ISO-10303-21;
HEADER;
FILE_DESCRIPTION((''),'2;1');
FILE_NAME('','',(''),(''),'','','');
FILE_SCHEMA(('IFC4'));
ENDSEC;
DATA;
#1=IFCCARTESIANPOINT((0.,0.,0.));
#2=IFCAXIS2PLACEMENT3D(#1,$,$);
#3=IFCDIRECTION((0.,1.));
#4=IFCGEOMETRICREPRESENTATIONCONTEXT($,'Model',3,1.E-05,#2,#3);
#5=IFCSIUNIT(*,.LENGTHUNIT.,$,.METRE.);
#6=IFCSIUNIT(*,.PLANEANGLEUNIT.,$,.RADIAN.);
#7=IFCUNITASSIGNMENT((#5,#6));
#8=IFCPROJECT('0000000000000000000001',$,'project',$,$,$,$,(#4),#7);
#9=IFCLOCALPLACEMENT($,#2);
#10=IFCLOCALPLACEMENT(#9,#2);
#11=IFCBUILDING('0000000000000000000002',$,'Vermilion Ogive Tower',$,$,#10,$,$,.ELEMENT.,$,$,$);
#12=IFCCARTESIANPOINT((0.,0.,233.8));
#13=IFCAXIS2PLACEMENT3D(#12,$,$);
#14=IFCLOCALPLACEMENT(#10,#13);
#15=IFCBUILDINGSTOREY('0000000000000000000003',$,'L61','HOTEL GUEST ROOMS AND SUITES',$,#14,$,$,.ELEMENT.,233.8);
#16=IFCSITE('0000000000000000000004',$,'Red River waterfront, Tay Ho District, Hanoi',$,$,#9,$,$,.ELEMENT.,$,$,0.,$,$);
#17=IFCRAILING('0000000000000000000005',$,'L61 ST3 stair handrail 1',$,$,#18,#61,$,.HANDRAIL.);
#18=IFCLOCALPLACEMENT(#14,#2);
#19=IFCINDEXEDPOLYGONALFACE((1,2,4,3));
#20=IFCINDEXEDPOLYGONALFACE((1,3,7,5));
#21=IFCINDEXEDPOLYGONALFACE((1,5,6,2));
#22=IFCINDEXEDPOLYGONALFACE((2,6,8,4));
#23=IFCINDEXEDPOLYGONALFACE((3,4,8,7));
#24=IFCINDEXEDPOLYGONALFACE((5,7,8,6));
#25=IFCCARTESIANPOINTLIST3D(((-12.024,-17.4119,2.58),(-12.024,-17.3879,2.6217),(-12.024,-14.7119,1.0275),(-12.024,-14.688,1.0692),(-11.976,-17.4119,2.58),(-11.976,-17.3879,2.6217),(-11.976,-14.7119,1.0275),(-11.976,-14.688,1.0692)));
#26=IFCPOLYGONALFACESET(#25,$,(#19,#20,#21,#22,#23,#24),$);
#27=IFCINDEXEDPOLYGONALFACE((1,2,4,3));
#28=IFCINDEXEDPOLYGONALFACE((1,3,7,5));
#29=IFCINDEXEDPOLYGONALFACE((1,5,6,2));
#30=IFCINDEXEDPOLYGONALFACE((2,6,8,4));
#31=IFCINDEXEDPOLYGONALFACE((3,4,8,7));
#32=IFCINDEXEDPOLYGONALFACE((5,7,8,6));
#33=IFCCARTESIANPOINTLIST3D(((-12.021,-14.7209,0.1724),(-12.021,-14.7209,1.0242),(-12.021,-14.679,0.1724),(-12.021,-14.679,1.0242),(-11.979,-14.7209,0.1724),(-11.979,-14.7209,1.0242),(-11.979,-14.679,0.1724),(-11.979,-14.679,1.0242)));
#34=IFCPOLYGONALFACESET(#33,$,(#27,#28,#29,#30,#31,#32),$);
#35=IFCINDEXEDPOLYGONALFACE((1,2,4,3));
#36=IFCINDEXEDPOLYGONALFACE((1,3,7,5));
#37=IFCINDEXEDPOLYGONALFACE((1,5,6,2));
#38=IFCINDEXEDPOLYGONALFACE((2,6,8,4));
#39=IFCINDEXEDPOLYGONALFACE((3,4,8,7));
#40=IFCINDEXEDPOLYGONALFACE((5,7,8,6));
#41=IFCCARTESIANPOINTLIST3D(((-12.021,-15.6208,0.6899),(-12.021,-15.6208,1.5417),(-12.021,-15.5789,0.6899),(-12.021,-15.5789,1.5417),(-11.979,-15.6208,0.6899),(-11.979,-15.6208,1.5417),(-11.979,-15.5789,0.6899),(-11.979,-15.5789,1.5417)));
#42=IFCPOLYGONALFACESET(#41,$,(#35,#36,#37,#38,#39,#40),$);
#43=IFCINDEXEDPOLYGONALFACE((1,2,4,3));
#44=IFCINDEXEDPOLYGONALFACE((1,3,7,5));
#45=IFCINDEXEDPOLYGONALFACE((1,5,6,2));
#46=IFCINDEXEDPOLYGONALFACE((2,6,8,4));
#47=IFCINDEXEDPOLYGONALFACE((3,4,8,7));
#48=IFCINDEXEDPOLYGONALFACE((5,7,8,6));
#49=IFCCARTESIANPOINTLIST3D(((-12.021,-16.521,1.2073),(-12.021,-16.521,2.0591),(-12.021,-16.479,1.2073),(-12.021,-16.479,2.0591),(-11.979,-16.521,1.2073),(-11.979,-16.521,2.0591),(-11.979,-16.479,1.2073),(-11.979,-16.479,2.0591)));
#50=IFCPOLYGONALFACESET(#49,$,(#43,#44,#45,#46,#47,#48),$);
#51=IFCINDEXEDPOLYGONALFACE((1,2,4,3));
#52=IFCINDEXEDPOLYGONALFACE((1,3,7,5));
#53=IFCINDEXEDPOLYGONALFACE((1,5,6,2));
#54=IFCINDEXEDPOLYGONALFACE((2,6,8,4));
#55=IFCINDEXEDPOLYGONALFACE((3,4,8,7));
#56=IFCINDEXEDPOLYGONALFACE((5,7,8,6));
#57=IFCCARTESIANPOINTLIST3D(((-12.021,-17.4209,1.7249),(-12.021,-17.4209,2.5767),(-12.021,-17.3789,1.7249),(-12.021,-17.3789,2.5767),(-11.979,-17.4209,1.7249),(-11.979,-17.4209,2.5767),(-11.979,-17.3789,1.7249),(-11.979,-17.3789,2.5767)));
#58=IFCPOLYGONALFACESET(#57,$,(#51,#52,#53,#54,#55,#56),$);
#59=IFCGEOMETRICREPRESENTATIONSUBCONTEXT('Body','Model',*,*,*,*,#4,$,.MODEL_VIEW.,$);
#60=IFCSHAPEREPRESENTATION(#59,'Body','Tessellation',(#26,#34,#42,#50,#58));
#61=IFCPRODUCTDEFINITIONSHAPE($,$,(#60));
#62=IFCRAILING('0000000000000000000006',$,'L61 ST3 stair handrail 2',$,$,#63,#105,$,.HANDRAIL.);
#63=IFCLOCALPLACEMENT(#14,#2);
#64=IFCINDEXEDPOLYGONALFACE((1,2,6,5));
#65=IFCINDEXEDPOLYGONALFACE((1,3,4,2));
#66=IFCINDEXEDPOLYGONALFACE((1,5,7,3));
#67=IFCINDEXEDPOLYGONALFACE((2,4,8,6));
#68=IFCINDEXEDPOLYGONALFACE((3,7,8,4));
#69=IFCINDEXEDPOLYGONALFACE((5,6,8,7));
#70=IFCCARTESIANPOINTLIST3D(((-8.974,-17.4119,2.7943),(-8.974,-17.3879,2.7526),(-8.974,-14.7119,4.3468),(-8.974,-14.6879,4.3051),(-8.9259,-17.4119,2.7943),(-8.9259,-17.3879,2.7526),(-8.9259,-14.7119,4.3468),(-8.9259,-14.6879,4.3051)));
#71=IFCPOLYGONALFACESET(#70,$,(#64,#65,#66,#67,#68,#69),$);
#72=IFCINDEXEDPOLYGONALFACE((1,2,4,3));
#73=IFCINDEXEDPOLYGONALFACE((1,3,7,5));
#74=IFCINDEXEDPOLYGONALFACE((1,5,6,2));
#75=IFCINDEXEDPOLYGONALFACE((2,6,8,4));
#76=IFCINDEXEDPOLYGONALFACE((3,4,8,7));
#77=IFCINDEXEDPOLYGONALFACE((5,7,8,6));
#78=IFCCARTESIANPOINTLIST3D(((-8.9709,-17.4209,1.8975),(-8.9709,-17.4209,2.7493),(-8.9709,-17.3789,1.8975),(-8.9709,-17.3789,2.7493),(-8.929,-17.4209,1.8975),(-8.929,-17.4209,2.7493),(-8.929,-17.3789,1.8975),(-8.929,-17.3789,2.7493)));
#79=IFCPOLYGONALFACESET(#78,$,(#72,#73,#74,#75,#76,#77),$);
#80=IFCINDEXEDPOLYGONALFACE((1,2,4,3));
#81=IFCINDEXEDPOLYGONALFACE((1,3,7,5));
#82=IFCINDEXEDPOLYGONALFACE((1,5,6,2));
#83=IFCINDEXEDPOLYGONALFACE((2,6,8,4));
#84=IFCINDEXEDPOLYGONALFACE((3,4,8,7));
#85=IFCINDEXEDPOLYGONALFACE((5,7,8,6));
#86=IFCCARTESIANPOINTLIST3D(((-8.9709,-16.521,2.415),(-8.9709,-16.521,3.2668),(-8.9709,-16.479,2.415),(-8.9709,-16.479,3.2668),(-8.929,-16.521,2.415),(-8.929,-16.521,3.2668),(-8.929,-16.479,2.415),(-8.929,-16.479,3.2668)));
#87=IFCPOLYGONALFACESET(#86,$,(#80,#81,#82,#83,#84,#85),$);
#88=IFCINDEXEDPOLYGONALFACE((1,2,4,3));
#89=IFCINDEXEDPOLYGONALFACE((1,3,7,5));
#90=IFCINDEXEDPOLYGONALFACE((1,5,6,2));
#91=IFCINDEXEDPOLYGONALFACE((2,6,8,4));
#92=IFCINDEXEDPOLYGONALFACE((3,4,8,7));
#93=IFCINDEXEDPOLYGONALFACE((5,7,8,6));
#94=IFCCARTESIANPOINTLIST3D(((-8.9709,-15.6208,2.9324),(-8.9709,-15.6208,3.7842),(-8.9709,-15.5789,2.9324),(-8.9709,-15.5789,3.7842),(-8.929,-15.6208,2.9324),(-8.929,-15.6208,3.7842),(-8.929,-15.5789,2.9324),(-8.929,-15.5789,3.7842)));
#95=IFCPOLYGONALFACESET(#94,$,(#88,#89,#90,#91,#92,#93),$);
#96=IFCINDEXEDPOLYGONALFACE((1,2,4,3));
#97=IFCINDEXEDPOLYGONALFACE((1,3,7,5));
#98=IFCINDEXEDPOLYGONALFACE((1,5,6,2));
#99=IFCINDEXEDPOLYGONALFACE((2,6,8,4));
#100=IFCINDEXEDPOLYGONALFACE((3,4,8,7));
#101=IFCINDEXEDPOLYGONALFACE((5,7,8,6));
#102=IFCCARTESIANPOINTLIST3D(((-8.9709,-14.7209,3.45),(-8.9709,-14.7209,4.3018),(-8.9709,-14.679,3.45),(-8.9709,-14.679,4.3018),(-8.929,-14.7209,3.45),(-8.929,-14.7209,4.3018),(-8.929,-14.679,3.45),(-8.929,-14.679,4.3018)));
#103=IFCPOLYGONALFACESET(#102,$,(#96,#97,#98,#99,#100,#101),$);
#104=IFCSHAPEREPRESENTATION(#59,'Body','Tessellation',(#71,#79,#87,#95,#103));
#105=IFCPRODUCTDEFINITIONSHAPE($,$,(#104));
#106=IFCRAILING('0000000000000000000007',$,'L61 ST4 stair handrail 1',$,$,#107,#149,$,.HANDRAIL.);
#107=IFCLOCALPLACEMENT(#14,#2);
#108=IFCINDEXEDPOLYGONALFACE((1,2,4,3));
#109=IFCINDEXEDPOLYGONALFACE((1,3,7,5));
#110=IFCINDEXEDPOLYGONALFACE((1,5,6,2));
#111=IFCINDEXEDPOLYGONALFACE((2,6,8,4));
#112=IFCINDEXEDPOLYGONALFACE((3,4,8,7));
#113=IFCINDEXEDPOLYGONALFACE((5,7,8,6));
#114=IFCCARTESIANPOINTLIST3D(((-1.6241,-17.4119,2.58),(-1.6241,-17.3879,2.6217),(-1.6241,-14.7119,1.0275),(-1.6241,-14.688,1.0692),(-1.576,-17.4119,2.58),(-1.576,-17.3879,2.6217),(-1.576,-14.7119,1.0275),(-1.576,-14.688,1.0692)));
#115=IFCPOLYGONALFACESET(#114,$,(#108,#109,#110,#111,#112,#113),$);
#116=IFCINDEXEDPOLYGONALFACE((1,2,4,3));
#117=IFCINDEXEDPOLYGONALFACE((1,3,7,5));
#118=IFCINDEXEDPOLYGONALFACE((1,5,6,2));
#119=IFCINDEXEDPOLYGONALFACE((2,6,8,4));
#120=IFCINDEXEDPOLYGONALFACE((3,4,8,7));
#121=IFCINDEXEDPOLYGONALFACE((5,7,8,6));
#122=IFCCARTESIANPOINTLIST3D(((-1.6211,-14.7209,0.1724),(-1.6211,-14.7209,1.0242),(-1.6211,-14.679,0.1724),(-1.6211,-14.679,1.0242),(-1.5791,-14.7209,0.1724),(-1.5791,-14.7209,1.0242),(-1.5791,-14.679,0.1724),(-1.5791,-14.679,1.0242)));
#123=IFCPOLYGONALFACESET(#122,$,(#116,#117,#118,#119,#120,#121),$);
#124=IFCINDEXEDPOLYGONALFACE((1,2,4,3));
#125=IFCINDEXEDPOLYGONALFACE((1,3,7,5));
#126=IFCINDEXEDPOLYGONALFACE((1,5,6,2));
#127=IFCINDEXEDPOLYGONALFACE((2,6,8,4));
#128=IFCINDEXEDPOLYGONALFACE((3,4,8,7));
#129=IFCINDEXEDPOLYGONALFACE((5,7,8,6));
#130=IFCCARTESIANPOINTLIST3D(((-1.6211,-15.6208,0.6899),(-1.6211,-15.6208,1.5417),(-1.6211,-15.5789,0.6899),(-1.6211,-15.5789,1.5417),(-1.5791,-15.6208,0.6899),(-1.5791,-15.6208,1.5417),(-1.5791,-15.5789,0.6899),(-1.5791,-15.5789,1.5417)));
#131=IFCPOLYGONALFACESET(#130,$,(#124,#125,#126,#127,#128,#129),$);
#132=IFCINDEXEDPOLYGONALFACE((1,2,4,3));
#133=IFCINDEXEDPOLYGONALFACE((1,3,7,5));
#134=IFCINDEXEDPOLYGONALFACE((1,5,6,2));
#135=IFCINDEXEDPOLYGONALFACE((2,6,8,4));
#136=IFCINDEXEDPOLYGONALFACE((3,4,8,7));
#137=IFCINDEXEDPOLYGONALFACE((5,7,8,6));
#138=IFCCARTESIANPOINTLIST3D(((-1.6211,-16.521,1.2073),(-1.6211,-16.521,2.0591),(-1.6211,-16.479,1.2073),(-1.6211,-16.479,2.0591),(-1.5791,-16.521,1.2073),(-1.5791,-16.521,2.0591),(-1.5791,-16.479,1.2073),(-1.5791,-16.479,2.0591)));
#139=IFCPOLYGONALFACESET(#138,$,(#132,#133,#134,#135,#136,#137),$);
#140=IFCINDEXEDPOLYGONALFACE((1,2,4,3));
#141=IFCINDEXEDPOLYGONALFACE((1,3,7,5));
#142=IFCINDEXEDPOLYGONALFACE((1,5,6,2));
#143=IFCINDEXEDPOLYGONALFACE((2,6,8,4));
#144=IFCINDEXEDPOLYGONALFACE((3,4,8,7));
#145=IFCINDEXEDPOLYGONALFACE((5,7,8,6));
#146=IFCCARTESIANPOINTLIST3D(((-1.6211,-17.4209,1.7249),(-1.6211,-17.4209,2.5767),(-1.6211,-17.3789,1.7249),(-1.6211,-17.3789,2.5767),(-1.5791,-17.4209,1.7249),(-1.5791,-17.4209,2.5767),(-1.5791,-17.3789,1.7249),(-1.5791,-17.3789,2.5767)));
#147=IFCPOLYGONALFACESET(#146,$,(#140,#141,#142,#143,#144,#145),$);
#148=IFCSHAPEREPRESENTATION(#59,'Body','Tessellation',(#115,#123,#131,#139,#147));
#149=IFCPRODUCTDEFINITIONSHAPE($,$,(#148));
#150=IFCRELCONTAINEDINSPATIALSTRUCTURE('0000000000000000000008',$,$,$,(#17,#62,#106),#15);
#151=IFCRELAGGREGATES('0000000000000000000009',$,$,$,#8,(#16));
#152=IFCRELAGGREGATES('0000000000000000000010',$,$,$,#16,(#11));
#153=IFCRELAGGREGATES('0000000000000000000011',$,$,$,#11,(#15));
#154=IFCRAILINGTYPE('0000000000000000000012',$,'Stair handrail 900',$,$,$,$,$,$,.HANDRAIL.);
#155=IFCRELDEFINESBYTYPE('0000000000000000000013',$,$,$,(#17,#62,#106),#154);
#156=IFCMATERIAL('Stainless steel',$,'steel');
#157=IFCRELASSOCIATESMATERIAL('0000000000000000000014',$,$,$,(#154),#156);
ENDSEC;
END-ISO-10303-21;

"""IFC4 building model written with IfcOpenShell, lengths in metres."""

from ifc_helpers import new_model, si_unit, direction, frame, origin, origin_2d, place, context, subcontext, project, spatial, rectangle, extrude, material, type_object, element, save


model = new_model("IFC4")

# Units and contexts
model_context = context("Model", 3, precision=1e-05, world=origin(), true_north=direction((0.0, 1.0)))
body_context = subcontext(model_context, "Body", "Model", "MODEL_VIEW")
ifc_project = project(units=[si_unit("LENGTHUNIT", "METRE"), si_unit("PLANEANGLEUNIT", "RADIAN")], contexts=[model_context])

# Site, building, storey
site_placement = place(None, origin())
site = spatial("IfcSite", under=ifc_project, at=site_placement, Name="Red River waterfront, Tay Ho District, Hanoi", CompositionType="ELEMENT", RefElevation=0.0)
building_placement = place(site_placement, origin())
building = spatial("IfcBuilding", under=site, at=building_placement, Name="Vermilion Ogive Tower", CompositionType="ELEMENT")
storey_placement = place(building_placement, frame((0.0, 0.0, 233.8)))
storey = spatial("IfcBuildingStorey", under=building, at=storey_placement, Name="L61", Description="HOTEL GUEST ROOMS AND SUITES", CompositionType="ELEMENT", Elevation=233.8)

# Railings
ifc_material_1 = material(Name="Stainless steel", Category="steel")
railing_type_1 = type_object("IfcRailingType", Name="Stair handrail 900", PredefinedType="HANDRAIL", material=ifc_material_1)
railing_1_placement = place(storey_placement, frame((-12.0, -14.7, 0.1724)))
element("IfcRailing", 1, at=railing_1_placement, inside=storey, type_object=railing_type_1, Name="L61 ST3 stair handrail 1", PredefinedType="HANDRAIL", context=body_context, shape_type="SweptSolid", body=[
    extrude(rectangle(XDim=0.0481, YDim=0.0481, at=origin_2d()), frame((0.0, 0.0, 0.876), z_axis=(0.0, -0.866904, 0.498476), x_axis=(1.0, 0.0, 0.0)), (0.0, 0.0, 1.0), 3.1145),
    extrude(rectangle(XDim=0.042, YDim=0.042, at=origin_2d()), origin(), (0.0, 0.0, 1.0), 0.8518),
    extrude(rectangle(XDim=0.042, YDim=0.042, at=origin_2d()), frame((0.0, -0.8999, 0.5176)), (0.0, 0.0, 1.0), 0.8518),
    extrude(rectangle(XDim=0.042, YDim=0.042, at=origin_2d()), frame((0.0, -1.8, 1.0349)), (0.0, 0.0, 1.0), 0.8518),
    extrude(rectangle(XDim=0.042, YDim=0.042, at=origin_2d()), frame((0.0, -2.7, 1.5525)), (0.0, 0.0, 1.0), 0.8518),
])
railing_2_placement = place(storey_placement, frame((-8.95, -17.3999, 1.8975)))
element("IfcRailing", 2, at=railing_2_placement, inside=storey, type_object=railing_type_1, Name="L61 ST3 stair handrail 2", PredefinedType="HANDRAIL", context=body_context, shape_type="SweptSolid", body=[
    extrude(rectangle(XDim=0.0481, YDim=0.0481, at=origin_2d()), frame((0.0, 0.0, 0.876), z_axis=(0.0, 0.866904, 0.498476), x_axis=(-1.0, 0.0, 0.0)), (0.0, 0.0, 1.0), 3.1145),
    extrude(rectangle(XDim=0.042, YDim=0.042, at=origin_2d()), origin(), (0.0, 0.0, 1.0), 0.8518),
    extrude(rectangle(XDim=0.042, YDim=0.042, at=origin_2d()), frame((0.0, 0.8999, 0.5176)), (0.0, 0.0, 1.0), 0.8518),
    extrude(rectangle(XDim=0.042, YDim=0.042, at=origin_2d()), frame((0.0, 1.8, 1.0349)), (0.0, 0.0, 1.0), 0.8518),
    extrude(rectangle(XDim=0.042, YDim=0.042, at=origin_2d()), frame((0.0, 2.7, 1.5525)), (0.0, 0.0, 1.0), 0.8518),
])
railing_3_placement = place(storey_placement, frame((-1.6001, -14.7, 0.1724)))
element("IfcRailing", 3, at=railing_3_placement, inside=storey, type_object=railing_type_1, Name="L61 ST4 stair handrail 1", PredefinedType="HANDRAIL", context=body_context, shape_type="SweptSolid", body=[
    extrude(rectangle(XDim=0.0481, YDim=0.0481, at=origin_2d()), frame((0.0, 0.0, 0.876), z_axis=(0.0, -0.866904, 0.498476), x_axis=(1.0, 0.0, 0.0)), (0.0, 0.0, 1.0), 3.1145),
    extrude(rectangle(XDim=0.042, YDim=0.042, at=origin_2d()), origin(), (0.0, 0.0, 1.0), 0.8518),
    extrude(rectangle(XDim=0.042, YDim=0.042, at=origin_2d()), frame((0.0, -0.8999, 0.5176)), (0.0, 0.0, 1.0), 0.8518),
    extrude(rectangle(XDim=0.042, YDim=0.042, at=origin_2d()), frame((0.0, -1.8, 1.0349)), (0.0, 0.0, 1.0), 0.8518),
    extrude(rectangle(XDim=0.042, YDim=0.042, at=origin_2d()), frame((0.0, -2.7, 1.5525)), (0.0, 0.0, 1.0), 0.8518),
])

save(model, "model.ifc")
